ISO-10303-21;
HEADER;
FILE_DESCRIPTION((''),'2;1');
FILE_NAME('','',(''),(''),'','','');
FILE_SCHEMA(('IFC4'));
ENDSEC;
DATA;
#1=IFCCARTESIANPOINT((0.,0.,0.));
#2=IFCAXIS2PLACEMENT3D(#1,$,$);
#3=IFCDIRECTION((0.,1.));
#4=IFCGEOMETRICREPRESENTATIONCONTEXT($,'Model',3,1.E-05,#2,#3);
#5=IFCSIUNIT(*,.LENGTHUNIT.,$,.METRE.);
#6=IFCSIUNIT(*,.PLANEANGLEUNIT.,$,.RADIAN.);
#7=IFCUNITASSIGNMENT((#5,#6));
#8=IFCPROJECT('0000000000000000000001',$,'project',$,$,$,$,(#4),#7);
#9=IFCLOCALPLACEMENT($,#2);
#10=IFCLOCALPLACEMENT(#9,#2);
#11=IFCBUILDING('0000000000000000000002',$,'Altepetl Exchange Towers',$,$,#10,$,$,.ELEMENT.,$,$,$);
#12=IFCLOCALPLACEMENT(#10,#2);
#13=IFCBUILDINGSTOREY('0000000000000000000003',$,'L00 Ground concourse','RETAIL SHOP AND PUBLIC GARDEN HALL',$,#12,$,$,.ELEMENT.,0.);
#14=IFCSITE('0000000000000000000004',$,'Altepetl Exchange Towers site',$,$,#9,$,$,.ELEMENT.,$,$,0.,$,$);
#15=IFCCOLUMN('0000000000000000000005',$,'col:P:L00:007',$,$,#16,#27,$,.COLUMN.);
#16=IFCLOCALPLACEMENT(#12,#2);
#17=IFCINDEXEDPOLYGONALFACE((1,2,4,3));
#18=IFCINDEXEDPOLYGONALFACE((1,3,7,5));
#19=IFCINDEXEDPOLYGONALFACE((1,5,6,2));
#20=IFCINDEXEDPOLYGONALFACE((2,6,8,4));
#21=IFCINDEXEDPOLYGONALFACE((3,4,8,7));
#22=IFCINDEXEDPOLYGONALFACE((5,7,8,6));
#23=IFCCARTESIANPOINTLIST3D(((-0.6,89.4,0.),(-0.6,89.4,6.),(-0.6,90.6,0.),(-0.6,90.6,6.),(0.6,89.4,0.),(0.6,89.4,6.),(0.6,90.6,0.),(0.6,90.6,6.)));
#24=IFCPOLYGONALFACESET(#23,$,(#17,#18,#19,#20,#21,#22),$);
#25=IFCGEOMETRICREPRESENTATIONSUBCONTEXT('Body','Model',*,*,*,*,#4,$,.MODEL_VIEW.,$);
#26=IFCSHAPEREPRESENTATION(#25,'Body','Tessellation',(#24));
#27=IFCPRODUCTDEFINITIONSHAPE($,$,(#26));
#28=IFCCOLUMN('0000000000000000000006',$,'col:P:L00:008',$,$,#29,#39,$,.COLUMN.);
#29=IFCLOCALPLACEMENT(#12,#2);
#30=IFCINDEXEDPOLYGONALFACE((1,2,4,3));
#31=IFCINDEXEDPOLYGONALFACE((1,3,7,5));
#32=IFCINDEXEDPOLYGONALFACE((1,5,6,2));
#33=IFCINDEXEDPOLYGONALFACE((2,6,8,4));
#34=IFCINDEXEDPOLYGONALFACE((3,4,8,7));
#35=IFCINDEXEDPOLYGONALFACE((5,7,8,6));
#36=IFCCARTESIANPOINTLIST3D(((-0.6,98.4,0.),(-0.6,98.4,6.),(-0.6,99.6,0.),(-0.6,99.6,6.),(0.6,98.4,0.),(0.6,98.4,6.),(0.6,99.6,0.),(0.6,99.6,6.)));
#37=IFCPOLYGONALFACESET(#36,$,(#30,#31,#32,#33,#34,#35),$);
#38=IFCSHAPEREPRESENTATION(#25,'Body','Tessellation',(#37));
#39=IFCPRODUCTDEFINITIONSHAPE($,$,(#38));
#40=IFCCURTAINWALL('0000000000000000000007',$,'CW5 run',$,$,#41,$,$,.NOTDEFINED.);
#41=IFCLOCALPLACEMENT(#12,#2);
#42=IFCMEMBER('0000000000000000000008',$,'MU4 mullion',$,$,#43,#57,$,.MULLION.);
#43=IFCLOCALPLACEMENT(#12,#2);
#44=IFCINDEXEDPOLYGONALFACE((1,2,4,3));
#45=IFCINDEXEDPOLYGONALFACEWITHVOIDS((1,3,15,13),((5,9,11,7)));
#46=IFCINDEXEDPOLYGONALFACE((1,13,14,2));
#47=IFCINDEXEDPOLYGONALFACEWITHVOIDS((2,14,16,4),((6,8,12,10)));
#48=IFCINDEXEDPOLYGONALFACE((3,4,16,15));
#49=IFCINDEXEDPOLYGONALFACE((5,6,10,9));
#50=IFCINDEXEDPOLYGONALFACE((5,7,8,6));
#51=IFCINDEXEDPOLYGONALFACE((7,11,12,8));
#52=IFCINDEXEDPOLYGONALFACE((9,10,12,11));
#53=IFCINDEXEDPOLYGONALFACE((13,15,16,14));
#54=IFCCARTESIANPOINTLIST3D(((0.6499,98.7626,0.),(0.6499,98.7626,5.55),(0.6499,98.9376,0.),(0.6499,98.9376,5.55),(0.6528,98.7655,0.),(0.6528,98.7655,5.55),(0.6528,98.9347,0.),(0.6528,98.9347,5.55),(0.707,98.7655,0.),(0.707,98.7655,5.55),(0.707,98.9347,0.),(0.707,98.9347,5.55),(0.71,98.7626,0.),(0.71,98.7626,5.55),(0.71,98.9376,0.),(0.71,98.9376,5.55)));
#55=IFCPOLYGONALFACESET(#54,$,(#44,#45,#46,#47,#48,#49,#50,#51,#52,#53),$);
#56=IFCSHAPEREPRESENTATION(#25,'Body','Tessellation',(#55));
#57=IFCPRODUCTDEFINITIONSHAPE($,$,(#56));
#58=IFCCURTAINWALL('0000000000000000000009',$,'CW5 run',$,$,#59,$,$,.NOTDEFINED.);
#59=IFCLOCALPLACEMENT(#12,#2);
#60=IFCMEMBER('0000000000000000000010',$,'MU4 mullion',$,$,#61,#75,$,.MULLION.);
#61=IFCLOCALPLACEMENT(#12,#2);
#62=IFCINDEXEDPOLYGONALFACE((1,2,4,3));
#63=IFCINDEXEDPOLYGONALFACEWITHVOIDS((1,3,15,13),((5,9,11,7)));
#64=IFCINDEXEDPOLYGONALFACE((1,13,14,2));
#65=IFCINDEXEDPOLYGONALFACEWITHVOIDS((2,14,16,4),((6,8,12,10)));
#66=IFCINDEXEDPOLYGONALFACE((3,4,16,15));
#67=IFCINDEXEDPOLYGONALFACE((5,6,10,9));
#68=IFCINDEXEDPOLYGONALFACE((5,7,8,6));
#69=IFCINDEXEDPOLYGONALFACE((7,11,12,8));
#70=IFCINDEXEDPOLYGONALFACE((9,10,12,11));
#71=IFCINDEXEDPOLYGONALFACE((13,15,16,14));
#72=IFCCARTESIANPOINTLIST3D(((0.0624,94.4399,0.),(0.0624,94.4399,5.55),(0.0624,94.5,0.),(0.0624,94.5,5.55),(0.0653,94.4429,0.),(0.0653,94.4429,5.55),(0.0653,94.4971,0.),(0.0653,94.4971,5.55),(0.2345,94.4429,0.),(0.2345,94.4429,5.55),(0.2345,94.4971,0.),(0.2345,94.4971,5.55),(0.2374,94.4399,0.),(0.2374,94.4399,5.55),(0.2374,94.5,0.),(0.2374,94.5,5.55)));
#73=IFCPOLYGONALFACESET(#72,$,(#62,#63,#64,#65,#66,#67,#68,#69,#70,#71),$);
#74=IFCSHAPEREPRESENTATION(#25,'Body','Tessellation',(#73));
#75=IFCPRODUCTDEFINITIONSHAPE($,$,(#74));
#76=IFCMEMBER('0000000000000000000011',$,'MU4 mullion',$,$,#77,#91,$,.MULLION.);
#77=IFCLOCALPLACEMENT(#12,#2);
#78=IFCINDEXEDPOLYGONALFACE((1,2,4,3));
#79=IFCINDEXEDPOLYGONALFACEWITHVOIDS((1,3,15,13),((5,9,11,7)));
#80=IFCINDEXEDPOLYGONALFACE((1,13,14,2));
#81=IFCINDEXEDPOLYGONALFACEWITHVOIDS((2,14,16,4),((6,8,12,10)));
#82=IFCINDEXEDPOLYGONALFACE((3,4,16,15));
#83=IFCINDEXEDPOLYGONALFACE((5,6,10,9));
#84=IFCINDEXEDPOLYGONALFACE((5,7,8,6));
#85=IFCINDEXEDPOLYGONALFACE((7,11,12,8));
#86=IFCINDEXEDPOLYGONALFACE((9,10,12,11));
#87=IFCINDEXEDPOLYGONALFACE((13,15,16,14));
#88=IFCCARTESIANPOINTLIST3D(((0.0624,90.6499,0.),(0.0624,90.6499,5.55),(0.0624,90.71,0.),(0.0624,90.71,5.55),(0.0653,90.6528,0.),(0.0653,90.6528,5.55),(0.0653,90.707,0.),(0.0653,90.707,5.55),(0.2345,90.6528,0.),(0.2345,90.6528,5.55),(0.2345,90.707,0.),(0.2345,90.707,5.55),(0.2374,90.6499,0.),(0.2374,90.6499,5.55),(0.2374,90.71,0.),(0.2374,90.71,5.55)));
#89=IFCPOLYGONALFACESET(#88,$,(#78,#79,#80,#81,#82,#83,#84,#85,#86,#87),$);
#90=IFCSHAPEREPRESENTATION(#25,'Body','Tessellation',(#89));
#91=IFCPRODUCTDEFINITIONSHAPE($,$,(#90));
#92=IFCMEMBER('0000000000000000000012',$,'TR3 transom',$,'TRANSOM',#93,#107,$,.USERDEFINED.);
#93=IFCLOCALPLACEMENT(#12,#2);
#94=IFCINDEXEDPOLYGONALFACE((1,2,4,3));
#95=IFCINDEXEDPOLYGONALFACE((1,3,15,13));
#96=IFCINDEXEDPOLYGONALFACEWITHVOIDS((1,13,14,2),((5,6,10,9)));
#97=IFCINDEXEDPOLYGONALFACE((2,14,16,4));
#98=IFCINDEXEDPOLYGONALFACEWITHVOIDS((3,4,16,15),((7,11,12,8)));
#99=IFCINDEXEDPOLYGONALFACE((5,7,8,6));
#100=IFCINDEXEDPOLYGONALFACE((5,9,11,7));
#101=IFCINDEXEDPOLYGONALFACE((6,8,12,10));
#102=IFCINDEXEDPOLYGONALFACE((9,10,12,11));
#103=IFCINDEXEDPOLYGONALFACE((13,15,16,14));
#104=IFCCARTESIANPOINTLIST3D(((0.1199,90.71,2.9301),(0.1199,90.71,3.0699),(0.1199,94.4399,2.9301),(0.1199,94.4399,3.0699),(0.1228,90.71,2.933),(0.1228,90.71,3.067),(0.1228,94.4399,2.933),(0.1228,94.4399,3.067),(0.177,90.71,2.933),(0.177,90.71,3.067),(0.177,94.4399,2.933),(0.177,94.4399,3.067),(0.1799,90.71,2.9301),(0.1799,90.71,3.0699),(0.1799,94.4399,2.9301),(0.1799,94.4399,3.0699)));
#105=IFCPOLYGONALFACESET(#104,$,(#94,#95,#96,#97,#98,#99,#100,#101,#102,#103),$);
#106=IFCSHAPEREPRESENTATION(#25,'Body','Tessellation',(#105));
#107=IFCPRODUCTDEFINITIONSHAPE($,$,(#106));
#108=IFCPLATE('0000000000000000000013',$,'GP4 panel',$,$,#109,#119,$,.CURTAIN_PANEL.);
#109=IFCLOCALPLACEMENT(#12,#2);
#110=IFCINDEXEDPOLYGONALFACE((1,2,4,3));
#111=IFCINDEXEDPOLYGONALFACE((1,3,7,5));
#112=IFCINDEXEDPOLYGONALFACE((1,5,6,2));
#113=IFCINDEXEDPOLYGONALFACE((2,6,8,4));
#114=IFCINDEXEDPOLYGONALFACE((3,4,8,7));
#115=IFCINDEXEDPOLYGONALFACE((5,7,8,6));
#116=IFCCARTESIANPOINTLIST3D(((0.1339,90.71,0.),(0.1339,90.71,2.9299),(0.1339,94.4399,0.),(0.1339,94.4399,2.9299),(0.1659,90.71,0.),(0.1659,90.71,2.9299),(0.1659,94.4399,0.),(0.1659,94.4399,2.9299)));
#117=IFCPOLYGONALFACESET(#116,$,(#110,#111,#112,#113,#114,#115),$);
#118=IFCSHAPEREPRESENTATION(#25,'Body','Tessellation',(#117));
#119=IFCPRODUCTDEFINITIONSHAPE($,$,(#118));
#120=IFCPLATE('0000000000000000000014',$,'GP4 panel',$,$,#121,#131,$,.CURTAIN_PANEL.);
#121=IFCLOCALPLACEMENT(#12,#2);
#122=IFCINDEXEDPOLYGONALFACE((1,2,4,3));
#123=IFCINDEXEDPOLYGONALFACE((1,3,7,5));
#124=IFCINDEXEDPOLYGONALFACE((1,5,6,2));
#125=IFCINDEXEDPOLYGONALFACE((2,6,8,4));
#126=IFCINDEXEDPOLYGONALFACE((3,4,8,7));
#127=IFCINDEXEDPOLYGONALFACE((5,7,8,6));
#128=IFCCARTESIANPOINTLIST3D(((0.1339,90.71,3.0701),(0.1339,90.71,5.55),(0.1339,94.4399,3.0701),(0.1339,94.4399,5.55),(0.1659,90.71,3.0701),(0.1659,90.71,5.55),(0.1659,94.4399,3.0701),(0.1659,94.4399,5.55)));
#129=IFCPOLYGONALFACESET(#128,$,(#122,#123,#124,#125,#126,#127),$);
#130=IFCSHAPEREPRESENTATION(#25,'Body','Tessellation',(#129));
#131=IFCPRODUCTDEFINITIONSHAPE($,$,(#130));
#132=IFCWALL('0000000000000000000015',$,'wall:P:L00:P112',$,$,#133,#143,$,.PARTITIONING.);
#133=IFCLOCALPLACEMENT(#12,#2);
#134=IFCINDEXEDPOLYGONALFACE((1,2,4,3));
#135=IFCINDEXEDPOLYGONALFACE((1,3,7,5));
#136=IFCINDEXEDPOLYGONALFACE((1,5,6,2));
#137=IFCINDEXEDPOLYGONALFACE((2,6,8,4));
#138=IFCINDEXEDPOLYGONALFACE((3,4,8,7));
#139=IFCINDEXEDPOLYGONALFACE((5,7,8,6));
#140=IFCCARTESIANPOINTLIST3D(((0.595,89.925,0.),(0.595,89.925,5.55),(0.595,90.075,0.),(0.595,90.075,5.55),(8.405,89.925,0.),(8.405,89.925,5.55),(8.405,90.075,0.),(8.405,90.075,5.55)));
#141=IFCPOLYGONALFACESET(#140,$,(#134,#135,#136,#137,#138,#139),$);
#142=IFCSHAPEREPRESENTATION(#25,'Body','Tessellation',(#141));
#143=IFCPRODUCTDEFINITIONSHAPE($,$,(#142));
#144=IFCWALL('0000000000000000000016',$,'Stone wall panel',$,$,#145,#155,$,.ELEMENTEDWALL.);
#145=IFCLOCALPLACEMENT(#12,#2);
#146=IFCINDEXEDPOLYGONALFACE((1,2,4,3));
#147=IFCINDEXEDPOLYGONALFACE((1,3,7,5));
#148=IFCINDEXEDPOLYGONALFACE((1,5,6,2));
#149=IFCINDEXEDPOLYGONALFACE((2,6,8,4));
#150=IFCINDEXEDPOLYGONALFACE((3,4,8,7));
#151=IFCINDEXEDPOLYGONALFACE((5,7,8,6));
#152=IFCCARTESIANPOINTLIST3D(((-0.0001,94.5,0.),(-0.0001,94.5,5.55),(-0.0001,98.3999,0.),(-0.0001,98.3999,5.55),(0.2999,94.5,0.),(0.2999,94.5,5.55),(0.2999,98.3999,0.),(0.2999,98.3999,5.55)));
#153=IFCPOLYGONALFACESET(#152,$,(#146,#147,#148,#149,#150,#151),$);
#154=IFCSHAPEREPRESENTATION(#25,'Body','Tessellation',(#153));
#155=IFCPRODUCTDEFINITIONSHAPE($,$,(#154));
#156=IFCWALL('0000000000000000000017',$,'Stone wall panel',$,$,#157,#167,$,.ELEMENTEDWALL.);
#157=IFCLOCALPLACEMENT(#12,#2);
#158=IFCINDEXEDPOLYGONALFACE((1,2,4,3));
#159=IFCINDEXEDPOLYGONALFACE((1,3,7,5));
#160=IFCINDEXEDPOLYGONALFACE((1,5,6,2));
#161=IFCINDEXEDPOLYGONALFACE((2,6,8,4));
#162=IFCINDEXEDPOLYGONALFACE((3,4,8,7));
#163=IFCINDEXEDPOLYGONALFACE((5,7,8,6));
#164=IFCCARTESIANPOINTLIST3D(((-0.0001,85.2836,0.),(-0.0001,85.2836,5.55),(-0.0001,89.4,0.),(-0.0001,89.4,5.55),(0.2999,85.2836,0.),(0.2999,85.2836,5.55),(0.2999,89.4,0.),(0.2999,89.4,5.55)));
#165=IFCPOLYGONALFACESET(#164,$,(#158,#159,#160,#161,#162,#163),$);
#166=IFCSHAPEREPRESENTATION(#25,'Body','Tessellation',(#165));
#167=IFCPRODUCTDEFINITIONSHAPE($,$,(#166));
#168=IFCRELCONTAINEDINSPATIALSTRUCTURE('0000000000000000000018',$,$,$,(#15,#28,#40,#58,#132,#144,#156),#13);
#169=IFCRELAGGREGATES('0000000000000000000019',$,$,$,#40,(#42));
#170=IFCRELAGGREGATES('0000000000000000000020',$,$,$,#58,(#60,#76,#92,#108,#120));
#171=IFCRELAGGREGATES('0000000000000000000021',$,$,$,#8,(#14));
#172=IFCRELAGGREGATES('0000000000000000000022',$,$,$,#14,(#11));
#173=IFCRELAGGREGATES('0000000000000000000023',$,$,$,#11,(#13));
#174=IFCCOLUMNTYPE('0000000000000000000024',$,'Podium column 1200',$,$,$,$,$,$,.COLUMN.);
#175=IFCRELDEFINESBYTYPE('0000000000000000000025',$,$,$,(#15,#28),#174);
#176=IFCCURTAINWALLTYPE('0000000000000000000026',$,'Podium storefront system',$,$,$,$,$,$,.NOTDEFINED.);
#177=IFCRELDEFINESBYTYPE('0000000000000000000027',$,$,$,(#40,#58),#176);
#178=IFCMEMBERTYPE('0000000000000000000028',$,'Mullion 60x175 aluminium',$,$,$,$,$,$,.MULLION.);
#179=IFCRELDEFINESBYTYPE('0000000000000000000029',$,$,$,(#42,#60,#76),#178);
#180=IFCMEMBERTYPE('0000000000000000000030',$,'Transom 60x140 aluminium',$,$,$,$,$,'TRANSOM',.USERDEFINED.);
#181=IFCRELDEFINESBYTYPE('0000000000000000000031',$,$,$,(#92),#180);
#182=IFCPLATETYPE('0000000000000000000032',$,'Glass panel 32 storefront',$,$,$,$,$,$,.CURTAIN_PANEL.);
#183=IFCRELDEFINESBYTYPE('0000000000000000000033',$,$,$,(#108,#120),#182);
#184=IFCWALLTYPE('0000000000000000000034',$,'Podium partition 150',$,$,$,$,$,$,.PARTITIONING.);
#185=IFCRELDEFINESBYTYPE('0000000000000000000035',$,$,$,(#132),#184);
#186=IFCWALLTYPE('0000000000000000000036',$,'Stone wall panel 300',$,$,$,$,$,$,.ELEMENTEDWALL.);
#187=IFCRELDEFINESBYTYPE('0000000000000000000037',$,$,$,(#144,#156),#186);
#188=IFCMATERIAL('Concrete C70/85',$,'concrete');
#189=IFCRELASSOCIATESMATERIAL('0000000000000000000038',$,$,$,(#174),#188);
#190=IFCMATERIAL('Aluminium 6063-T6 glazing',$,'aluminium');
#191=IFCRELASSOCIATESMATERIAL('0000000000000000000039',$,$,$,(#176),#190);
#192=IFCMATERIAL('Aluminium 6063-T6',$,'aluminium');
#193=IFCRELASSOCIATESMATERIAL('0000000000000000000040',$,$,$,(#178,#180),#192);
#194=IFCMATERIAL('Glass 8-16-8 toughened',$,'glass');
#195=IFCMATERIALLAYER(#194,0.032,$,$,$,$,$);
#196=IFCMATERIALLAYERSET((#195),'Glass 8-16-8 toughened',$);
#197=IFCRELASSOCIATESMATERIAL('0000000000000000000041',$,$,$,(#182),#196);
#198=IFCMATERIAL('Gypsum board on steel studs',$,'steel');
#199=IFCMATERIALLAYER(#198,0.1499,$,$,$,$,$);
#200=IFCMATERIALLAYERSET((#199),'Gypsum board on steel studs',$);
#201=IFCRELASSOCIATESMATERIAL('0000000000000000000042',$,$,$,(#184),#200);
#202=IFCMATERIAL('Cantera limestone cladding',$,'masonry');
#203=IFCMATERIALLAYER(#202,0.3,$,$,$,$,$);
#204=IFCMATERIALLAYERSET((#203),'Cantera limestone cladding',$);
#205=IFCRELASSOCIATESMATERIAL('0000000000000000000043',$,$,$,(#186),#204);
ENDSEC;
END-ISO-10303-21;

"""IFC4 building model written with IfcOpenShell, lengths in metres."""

from ifc_helpers import new_model, si_unit, direction, frame, frame_2d, origin, origin_2d, place, context, subcontext, project, spatial, rectangle, hollow_rectangle, extrude, material, layer, layer_set, material_profile, profile_set, type_object, element, aggregate, save


model = new_model("IFC4")

# Units and contexts
model_context = context("Model", 3, precision=1e-05, world=origin(), true_north=direction((0.0, 1.0)))
body_context = subcontext(model_context, "Body", "Model", "MODEL_VIEW")
ifc_project = project(units=[si_unit("LENGTHUNIT", "METRE"), si_unit("PLANEANGLEUNIT", "RADIAN")], contexts=[model_context])

# Site, building, storey
site_placement = place(None, origin())
site = spatial("IfcSite", under=ifc_project, at=site_placement, Name="Altepetl Exchange Towers site", CompositionType="ELEMENT", RefElevation=0.0)
building_placement = place(site_placement, origin())
building = spatial("IfcBuilding", under=site, at=building_placement, Name="Altepetl Exchange Towers", CompositionType="ELEMENT")
storey_placement = place(building_placement, origin())
storey = spatial("IfcBuildingStorey", under=building, at=storey_placement, Name="L00 Ground concourse", Description="RETAIL SHOP AND PUBLIC GARDEN HALL", CompositionType="ELEMENT", Elevation=0.0)

# Columns
ifc_material_1 = material(Name="Concrete C70/85", Category="concrete")
ifc_material_profile_1 = material_profile(ifc_material_1, rectangle(XDim=1.2, YDim=1.2, at=origin_2d()), Name="1200 x 1200")
ifc_profile_set_1 = profile_set([ifc_material_profile_1], Name="Concrete C70/85")
column_type = type_object("IfcColumnType", Name="Podium column 1200", PredefinedType="COLUMN", material=ifc_profile_set_1)
for number, where, name in (
    (1, (0.0, 90.0, 0.0), "col:P:L00:007"),
    (2, (0.0, 99.0, 0.0), "col:P:L00:008"),
):
    element("IfcColumn", number, at=place(storey_placement, frame(where)), inside=storey, type_object=column_type, Name=name, PredefinedType="COLUMN", context=body_context, shape_type="SweptSolid", body=[
        extrude(rectangle(XDim=1.2, YDim=1.2, at=origin_2d()), origin(), (0.0, 0.0, 1.0), 6.0),
    ])

# Curtain wall, member
ifc_material_2 = material(Name="Aluminium 6063-T6 glazing", Category="aluminium")
curtain_wall_type = type_object("IfcCurtainWallType", Name="Podium storefront system", PredefinedType="NOTDEFINED", material=ifc_material_2)
curtain_wall_1_placement = place(storey_placement, origin())
curtain_wall_1 = element("IfcCurtainWall", 3, at=curtain_wall_1_placement, inside=storey, type_object=curtain_wall_type, Name="CW5 run", PredefinedType="NOTDEFINED")
ifc_material_3 = material(Name="Aluminium 6063-T6", Category="aluminium")
ifc_material_profile_2 = material_profile(ifc_material_3, hollow_rectangle(XDim=0.0601, YDim=0.175, WallThickness=0.0029, at=origin_2d()), Name="Mullion 60x175 aluminium")
ifc_profile_set_2 = profile_set([ifc_material_profile_2], Name="Aluminium 6063-T6")
member_type_1 = type_object("IfcMemberType", Name="Mullion 60x175 aluminium", PredefinedType="MULLION", material=ifc_profile_set_2)
member_1_placement = place(storey_placement, frame((0.6799, 98.8501, 0.0), z_axis=(0.0, 0.0, 1.0), x_axis=(-1.0, 0.0, 0.0)))
member_1 = element("IfcMember", 4, at=member_1_placement, type_object=member_type_1, Name="MU4 mullion", PredefinedType="MULLION", context=body_context, shape_type="SweptSolid", body=[
    extrude(hollow_rectangle(XDim=0.0601, YDim=0.175, WallThickness=0.0029, at=origin_2d()), origin(), (0.0, 0.0, 1.0), 5.55),
])
aggregate(curtain_wall_1, [member_1])

# Curtain wall, members, plates
curtain_wall_2_placement = place(storey_placement, origin())
curtain_wall_2 = element("IfcCurtainWall", 5, at=curtain_wall_2_placement, inside=storey, type_object=curtain_wall_type, Name="CW5 run", PredefinedType="NOTDEFINED")
member_2_placement = place(storey_placement, frame((0.1499, 94.47, 0.0), z_axis=(0.0, 0.0, 1.0), x_axis=(0.0, -1.0, 0.0)))
member_2 = element("IfcMember", 6, at=member_2_placement, type_object=member_type_1, Name="MU4 mullion", PredefinedType="MULLION", context=body_context, shape_type="SweptSolid", body=[
    extrude(hollow_rectangle(XDim=0.0601, YDim=0.175, WallThickness=0.0029, at=origin_2d()), origin(), (0.0, 0.0, 1.0), 5.55),
])
member_3_placement = place(storey_placement, frame((0.1499, 90.6799, 0.0), z_axis=(0.0, 0.0, 1.0), x_axis=(0.0, -1.0, 0.0)))
member_3 = element("IfcMember", 7, at=member_3_placement, type_object=member_type_1, Name="MU4 mullion", PredefinedType="MULLION", context=body_context, shape_type="SweptSolid", body=[
    extrude(hollow_rectangle(XDim=0.0601, YDim=0.175, WallThickness=0.0029, at=origin_2d()), origin(), (0.0, 0.0, 1.0), 5.55),
])
ifc_material_profile_3 = material_profile(ifc_material_3, hollow_rectangle(XDim=0.0601, YDim=0.1399, WallThickness=0.0029, at=origin_2d()), Name="Transom 60x140 aluminium")
ifc_profile_set_3 = profile_set([ifc_material_profile_3], Name="Aluminium 6063-T6")
member_type_2 = type_object("IfcMemberType", Name="Transom 60x140 aluminium", ElementType="TRANSOM", PredefinedType="USERDEFINED", material=ifc_profile_set_3)
member_4_placement = place(storey_placement, frame((0.1499, 94.4399, 3.0), z_axis=(0.0, -1.0, 0.0), x_axis=(1.0, 0.0, 0.0)))
member_4 = element("IfcMember", 8, at=member_4_placement, type_object=member_type_2, Name="TR3 transom", ObjectType="TRANSOM", PredefinedType="USERDEFINED", context=body_context, shape_type="SweptSolid", body=[
    extrude(hollow_rectangle(XDim=0.0601, YDim=0.1399, WallThickness=0.0029, at=origin_2d()), origin(), (0.0, 0.0, 1.0), 3.73),
])
ifc_material_4 = material(Name="Glass 8-16-8 toughened", Category="glass")
ifc_layer_1 = layer(ifc_material_4, 0.032)
ifc_layer_set_1 = layer_set([ifc_layer_1], Name="Glass 8-16-8 toughened")
plate_type = type_object("IfcPlateType", Name="Glass panel 32 storefront", PredefinedType="CURTAIN_PANEL", material=ifc_layer_set_1)
plate_1_placement = place(storey_placement, frame((0.1499, 92.575, 0.0), z_axis=(0.0, 0.0, 1.0), x_axis=(0.0, -1.0, 0.0)))
plate_1 = element("IfcPlate", 9, at=plate_1_placement, type_object=plate_type, Name="GP4 panel", PredefinedType="CURTAIN_PANEL", context=body_context, shape_type="SweptSolid", body=[
    extrude(rectangle(XDim=3.73, YDim=0.032, at=origin_2d()), origin(), (0.0, 0.0, 1.0), 2.9299),
])
plate_2_placement = place(storey_placement, frame((0.1499, 92.575, 3.0701), z_axis=(0.0, 0.0, 1.0), x_axis=(0.0, -1.0, 0.0)))
plate_2 = element("IfcPlate", 10, at=plate_2_placement, type_object=plate_type, Name="GP4 panel", PredefinedType="CURTAIN_PANEL", context=body_context, shape_type="SweptSolid", body=[
    extrude(rectangle(XDim=3.73, YDim=0.032, at=origin_2d()), origin(), (0.0, 0.0, 1.0), 2.48),
])
aggregate(curtain_wall_2, [member_2, member_3, member_4, plate_1, plate_2])

# Walls
ifc_material_5 = material(Name="Gypsum board on steel studs", Category="steel")
ifc_layer_2 = layer(ifc_material_5, 0.1499)
ifc_layer_set_2 = layer_set([ifc_layer_2], Name="Gypsum board on steel studs")
wall_type_1 = type_object("IfcWallType", Name="Podium partition 150", PredefinedType="PARTITIONING", material=ifc_layer_set_2)
wall_1_placement = place(storey_placement, frame((0.595, 90.0, 0.0)))
element("IfcWall", 11, at=wall_1_placement, inside=storey, type_object=wall_type_1, Name="wall:P:L00:P112", PredefinedType="PARTITIONING", context=body_context, shape_type="SweptSolid", body=[
    extrude(rectangle(XDim=7.8101, YDim=0.1499, at=frame_2d((3.905, 0.0))), origin(), (0.0, 0.0, 1.0), 5.55),
])
ifc_material_6 = material(Name="Cantera limestone cladding", Category="masonry")
ifc_layer_3 = layer(ifc_material_6, 0.3)
ifc_layer_set_3 = layer_set([ifc_layer_3], Name="Cantera limestone cladding")
wall_type_2 = type_object("IfcWallType", Name="Stone wall panel 300", PredefinedType="ELEMENTEDWALL", material=ifc_layer_set_3)
wall_2_placement = place(storey_placement, frame((0.1499, 98.3999, 0.0), z_axis=(0.0, 0.0, 1.0), x_axis=(0.0, -1.0, 0.0)))
element("IfcWall", 12, at=wall_2_placement, inside=storey, type_object=wall_type_2, Name="Stone wall panel", PredefinedType="ELEMENTEDWALL", context=body_context, shape_type="SweptSolid", body=[
    extrude(rectangle(XDim=3.8999, YDim=0.3, at=frame_2d((1.95, 0.0))), origin(), (0.0, 0.0, 1.0), 5.55),
])
wall_3_placement = place(storey_placement, frame((0.1499, 89.3999, 0.0), z_axis=(0.0, 0.0, 1.0), x_axis=(0.0, -1.0, 0.0)))
element("IfcWall", 13, at=wall_3_placement, inside=storey, type_object=wall_type_2, Name="Stone wall panel", PredefinedType="ELEMENTEDWALL", context=body_context, shape_type="SweptSolid", body=[
    extrude(rectangle(XDim=4.1165, YDim=0.3, at=frame_2d((2.0581, 0.0))), origin(), (0.0, 0.0, 1.0), 5.55),
])

save(model, "model.ifc")
